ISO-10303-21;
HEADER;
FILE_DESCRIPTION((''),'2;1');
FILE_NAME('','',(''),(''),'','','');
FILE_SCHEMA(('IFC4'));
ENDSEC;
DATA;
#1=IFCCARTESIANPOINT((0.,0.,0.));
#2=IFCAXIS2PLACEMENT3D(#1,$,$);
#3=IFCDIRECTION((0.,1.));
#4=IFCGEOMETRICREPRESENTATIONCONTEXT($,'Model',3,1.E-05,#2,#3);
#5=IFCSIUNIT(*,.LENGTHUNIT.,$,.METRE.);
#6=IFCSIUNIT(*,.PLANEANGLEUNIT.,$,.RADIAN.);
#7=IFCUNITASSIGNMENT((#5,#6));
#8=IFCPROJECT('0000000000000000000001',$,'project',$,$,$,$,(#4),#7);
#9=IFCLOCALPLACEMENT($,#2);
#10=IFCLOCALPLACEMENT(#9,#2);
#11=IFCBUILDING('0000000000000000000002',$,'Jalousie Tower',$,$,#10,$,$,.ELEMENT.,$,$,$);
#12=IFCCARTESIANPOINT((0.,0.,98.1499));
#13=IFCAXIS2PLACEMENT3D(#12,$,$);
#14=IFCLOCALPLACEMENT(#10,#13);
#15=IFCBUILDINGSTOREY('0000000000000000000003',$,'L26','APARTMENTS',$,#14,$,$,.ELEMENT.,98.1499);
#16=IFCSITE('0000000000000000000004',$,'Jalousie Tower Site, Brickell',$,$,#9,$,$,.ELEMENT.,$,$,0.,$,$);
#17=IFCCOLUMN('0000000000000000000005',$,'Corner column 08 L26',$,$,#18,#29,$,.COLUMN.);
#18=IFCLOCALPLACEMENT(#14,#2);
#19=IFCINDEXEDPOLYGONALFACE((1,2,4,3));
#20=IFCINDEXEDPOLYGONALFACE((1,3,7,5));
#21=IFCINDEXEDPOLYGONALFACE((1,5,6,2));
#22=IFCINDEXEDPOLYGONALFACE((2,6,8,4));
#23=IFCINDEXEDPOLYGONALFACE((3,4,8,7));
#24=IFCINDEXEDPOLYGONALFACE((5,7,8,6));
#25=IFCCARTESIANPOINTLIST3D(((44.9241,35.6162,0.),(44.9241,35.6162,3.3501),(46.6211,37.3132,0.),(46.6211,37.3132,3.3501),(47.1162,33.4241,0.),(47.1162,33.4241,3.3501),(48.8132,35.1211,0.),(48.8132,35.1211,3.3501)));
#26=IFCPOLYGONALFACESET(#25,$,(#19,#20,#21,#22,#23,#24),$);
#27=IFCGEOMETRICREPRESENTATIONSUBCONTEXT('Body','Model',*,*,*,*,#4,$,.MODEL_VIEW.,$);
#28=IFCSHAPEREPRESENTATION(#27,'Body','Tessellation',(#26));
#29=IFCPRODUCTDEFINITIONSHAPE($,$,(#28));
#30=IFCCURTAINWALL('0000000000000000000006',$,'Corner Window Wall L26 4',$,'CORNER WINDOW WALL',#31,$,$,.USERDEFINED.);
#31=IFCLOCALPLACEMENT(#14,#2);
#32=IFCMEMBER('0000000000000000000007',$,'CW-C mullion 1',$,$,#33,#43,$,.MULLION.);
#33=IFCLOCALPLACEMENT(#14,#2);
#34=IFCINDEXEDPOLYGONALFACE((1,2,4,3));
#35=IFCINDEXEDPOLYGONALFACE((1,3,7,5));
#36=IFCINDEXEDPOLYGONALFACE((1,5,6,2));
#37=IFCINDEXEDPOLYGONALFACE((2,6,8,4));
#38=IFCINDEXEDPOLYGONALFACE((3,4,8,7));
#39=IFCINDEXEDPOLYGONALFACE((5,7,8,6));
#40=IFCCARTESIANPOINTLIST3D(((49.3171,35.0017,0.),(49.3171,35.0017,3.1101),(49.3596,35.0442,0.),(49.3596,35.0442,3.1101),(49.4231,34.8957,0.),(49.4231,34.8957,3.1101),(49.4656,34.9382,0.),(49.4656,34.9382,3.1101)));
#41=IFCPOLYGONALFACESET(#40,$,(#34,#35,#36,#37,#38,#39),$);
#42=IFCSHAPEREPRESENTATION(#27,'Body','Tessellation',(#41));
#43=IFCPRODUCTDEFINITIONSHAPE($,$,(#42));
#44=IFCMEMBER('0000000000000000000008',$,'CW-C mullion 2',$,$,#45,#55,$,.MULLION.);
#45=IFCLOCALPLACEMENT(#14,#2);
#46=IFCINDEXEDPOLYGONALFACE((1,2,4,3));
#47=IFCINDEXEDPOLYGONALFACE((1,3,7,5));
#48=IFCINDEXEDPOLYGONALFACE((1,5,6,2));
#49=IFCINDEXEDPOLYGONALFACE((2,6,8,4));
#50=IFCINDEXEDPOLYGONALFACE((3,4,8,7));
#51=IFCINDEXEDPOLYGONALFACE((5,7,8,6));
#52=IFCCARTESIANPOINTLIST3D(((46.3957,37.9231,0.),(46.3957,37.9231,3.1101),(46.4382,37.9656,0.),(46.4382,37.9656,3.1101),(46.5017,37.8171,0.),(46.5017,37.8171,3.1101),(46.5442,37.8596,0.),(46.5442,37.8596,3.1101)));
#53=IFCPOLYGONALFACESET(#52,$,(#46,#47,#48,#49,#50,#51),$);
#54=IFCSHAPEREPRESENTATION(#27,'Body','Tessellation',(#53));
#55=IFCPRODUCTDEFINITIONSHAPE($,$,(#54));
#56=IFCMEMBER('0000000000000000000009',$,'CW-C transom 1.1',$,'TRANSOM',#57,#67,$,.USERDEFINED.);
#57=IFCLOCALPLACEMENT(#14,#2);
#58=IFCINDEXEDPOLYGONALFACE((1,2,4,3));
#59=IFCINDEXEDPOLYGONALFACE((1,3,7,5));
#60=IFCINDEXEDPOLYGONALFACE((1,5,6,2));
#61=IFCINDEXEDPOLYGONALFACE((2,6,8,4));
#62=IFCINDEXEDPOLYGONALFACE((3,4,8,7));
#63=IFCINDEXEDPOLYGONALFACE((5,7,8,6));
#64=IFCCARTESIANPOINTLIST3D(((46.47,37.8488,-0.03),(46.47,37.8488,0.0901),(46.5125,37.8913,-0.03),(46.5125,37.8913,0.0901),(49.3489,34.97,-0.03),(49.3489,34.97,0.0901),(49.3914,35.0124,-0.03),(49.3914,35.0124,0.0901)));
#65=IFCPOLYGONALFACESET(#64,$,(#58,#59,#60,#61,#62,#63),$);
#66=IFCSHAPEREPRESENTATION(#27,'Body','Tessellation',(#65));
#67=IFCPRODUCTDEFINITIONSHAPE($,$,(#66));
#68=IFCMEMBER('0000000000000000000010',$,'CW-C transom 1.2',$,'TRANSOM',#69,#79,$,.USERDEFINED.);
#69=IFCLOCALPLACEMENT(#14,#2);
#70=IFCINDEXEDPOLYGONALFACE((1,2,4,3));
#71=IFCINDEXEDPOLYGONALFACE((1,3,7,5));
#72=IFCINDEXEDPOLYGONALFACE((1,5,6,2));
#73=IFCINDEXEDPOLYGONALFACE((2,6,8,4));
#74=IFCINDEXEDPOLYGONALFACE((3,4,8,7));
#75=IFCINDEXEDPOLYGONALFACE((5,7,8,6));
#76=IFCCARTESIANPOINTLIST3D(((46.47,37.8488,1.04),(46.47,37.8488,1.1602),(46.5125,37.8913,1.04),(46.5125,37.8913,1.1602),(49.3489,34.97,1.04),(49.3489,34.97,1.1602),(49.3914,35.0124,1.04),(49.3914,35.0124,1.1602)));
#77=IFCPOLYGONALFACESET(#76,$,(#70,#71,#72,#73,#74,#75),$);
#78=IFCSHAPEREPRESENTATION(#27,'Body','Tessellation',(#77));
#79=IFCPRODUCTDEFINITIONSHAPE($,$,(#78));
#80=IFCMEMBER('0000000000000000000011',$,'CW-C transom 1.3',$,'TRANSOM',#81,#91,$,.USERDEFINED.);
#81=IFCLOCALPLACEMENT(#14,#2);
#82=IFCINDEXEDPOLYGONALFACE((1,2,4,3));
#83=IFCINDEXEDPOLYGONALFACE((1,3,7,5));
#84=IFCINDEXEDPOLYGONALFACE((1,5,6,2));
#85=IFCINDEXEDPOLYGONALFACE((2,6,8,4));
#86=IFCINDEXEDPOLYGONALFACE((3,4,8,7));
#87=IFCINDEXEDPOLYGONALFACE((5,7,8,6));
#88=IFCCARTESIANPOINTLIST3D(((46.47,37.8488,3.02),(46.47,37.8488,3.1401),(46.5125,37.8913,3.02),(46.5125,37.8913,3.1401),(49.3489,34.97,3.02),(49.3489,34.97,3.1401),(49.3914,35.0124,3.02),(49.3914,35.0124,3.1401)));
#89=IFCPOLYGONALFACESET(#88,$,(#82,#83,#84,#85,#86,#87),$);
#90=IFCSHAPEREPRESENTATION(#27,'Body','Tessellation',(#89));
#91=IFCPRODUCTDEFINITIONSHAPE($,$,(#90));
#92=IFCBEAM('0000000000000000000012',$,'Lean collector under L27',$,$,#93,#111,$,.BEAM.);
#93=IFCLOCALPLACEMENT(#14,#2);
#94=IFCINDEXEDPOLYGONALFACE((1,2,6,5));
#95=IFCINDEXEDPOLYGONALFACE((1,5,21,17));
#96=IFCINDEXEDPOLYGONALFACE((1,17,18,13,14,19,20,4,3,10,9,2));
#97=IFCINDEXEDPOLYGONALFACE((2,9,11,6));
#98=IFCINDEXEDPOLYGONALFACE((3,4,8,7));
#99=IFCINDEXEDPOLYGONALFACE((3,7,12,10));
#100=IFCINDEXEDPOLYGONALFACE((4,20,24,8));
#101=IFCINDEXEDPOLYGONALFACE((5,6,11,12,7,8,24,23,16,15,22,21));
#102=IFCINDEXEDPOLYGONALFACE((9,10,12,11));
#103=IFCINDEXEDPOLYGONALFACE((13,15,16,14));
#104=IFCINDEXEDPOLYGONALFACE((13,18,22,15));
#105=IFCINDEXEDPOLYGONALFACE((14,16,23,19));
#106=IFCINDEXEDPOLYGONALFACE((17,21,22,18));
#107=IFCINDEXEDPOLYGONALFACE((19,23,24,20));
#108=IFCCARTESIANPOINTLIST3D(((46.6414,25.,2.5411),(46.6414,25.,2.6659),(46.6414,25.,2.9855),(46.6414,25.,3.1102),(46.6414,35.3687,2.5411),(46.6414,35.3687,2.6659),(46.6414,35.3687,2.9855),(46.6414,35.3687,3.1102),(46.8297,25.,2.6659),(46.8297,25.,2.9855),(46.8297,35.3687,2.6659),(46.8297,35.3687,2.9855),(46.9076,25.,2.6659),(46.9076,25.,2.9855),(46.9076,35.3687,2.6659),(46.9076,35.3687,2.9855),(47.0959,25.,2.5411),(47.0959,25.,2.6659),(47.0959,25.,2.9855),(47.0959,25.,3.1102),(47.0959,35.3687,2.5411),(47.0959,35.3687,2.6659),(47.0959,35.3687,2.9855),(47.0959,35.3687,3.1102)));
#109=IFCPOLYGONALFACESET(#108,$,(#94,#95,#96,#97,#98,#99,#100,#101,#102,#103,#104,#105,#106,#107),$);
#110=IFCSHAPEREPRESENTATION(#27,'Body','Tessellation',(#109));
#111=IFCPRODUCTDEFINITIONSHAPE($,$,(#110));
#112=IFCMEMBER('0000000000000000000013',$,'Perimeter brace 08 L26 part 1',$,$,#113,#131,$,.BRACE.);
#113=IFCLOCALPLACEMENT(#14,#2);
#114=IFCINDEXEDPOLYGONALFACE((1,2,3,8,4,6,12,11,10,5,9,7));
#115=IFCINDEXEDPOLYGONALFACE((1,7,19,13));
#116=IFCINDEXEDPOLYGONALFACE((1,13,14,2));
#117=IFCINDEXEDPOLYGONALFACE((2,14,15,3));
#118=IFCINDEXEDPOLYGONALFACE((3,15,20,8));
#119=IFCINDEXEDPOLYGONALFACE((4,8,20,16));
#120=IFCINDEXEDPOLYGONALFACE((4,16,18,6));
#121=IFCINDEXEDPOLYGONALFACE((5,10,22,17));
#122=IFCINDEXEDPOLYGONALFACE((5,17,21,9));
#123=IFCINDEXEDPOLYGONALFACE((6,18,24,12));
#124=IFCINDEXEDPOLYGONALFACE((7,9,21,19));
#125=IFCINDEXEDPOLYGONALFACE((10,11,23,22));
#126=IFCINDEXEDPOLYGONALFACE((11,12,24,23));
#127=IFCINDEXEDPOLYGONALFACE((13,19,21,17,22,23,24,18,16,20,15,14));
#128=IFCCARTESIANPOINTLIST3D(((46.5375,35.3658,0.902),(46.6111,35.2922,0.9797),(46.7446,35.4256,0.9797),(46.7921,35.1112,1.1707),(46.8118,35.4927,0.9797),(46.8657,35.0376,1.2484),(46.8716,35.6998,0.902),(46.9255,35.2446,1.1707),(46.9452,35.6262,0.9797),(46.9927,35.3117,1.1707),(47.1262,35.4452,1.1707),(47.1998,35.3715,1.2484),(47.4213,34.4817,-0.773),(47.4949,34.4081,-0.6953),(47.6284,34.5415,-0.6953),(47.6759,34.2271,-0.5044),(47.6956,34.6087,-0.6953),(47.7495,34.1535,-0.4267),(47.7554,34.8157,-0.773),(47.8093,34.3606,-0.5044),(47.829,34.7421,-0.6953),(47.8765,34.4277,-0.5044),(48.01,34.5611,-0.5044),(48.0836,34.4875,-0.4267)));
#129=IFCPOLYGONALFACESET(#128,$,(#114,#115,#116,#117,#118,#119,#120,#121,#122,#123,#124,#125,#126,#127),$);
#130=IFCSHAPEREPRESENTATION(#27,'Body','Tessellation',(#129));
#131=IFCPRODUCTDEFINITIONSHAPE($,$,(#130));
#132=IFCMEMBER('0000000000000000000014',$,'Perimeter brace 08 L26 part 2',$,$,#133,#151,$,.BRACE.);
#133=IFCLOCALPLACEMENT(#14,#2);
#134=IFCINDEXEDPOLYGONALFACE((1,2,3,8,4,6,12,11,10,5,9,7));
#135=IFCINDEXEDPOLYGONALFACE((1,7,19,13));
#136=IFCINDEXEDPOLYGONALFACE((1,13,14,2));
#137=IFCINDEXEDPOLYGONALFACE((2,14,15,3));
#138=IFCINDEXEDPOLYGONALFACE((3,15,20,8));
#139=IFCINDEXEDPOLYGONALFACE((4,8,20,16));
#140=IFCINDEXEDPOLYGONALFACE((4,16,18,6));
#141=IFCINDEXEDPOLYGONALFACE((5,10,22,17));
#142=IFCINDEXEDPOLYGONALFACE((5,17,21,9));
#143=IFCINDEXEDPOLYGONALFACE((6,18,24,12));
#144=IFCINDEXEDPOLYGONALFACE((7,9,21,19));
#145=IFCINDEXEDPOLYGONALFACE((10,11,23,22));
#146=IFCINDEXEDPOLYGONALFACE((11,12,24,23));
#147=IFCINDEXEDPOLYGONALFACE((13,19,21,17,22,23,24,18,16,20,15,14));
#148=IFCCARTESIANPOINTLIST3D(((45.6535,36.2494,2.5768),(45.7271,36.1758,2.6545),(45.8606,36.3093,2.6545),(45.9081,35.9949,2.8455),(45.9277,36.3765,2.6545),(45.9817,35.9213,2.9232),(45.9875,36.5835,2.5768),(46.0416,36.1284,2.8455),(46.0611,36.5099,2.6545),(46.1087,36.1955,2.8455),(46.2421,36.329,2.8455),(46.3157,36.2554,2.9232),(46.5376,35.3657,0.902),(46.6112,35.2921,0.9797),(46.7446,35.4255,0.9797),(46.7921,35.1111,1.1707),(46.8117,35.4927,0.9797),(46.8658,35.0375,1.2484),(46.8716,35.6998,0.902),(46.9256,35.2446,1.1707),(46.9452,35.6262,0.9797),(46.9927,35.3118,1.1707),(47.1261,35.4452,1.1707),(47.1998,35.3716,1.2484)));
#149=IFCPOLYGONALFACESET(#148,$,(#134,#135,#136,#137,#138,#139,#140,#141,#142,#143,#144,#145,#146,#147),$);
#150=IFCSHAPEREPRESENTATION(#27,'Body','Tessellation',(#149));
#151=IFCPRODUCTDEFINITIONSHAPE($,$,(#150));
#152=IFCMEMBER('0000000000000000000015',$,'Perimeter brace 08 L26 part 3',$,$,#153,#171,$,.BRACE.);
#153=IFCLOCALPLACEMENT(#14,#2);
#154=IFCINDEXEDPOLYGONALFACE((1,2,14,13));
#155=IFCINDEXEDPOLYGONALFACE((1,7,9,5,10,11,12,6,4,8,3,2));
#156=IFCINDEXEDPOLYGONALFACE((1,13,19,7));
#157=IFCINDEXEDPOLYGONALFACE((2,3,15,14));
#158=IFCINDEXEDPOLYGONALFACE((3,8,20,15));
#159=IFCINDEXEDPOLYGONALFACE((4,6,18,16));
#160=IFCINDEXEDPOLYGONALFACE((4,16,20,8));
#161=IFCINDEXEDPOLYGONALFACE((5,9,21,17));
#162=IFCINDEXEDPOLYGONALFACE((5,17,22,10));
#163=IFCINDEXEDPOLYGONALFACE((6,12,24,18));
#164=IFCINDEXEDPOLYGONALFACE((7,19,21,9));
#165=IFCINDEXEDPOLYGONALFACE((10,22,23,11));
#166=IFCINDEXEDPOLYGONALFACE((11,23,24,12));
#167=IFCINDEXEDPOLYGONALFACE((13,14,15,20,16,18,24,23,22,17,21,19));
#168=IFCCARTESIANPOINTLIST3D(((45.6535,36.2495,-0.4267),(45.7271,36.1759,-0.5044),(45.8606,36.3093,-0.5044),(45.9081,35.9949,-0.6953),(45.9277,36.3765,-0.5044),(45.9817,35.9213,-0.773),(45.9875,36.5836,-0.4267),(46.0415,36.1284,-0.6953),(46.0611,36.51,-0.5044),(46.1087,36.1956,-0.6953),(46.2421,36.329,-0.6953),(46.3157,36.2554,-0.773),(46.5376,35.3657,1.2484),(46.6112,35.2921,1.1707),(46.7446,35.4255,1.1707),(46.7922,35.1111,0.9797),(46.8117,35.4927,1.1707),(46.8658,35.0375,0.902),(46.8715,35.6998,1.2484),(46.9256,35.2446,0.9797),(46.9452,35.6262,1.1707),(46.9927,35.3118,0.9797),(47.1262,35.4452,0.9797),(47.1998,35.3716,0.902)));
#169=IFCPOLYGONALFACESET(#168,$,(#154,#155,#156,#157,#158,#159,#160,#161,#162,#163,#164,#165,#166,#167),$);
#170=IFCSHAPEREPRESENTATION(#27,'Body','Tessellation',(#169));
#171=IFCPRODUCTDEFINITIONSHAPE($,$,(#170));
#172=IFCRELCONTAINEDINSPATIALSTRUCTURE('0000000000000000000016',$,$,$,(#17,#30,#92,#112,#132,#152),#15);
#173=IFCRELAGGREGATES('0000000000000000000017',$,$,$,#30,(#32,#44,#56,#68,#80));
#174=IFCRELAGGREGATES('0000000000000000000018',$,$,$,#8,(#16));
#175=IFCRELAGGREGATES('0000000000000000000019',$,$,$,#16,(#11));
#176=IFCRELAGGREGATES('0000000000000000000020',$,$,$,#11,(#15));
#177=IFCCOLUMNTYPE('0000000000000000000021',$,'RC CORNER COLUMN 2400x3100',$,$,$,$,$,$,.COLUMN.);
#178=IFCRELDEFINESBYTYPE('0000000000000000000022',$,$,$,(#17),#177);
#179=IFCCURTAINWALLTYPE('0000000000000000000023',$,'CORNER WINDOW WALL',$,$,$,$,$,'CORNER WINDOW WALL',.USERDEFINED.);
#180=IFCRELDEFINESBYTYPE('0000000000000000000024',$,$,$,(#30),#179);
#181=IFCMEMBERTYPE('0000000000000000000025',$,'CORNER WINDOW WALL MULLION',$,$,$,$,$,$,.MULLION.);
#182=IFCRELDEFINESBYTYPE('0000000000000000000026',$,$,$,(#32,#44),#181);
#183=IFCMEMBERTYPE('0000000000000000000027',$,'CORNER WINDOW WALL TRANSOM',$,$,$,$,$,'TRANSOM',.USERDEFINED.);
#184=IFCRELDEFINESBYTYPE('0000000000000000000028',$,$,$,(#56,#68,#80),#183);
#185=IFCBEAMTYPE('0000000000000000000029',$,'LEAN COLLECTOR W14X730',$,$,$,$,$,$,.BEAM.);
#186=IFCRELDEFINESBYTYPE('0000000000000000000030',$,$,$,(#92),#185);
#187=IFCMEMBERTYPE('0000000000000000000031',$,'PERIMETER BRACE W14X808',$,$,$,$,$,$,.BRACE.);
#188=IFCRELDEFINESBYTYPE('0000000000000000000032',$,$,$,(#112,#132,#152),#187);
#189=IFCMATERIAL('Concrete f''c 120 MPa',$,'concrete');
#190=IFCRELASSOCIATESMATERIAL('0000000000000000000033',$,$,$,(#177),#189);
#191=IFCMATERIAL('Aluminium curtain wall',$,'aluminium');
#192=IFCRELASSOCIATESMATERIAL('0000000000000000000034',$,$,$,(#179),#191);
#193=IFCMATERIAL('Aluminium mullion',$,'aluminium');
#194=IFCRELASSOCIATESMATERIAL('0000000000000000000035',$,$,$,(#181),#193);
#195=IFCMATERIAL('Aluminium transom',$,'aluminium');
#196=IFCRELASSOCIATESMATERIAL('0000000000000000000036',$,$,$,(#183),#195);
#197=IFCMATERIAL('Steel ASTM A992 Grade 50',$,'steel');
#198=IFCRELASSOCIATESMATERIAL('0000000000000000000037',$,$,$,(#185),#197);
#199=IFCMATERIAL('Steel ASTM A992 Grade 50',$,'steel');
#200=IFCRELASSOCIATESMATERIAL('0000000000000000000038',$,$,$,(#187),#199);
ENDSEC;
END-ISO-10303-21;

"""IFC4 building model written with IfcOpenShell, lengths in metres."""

from ifc_helpers import new_model, si_unit, direction, frame, origin, origin_2d, place, context, subcontext, project, spatial, rectangle, i_section, extrude, material, material_profile, profile_set, type_object, element, aggregate, save


model = new_model("IFC4")

# Units and contexts
model_context = context("Model", 3, precision=1e-05, world=origin(), true_north=direction((0.0, 1.0)))
body_context = subcontext(model_context, "Body", "Model", "MODEL_VIEW")
ifc_project = project(units=[si_unit("LENGTHUNIT", "METRE"), si_unit("PLANEANGLEUNIT", "RADIAN")], contexts=[model_context])

# Site, building, storey
site_placement = place(None, origin())
site = spatial("IfcSite", under=ifc_project, at=site_placement, Name="Jalousie Tower Site, Brickell", CompositionType="ELEMENT", RefElevation=0.0)
building_placement = place(site_placement, origin())
building = spatial("IfcBuilding", under=site, at=building_placement, Name="Jalousie Tower", CompositionType="ELEMENT")
storey_placement = place(building_placement, frame((0.0, 0.0, 98.1499)))
storey = spatial("IfcBuildingStorey", under=building, at=storey_placement, Name="L26", Description="APARTMENTS", CompositionType="ELEMENT", Elevation=98.1499)

# Column
ifc_material_1 = material(Name="Concrete f'c 120 MPa", Category="concrete")
ifc_material_profile_1 = material_profile(ifc_material_1, rectangle(XDim=2.3999, YDim=3.1001, at=origin_2d()), Name="RC 2400x3100")
ifc_profile_set_1 = profile_set([ifc_material_profile_1], Name="Concrete f'c 120 MPa")
column_type = type_object("IfcColumnType", Name="RC CORNER COLUMN 2400x3100", PredefinedType="COLUMN", material=ifc_profile_set_1)
column_placement = place(storey_placement, frame((46.8687, 35.3687, 0.0), z_axis=(0.0, 0.0, 1.0), x_axis=(-0.707107, -0.707107, 0.0)))
element("IfcColumn", 1, at=column_placement, inside=storey, type_object=column_type, Name="Corner column 08 L26", PredefinedType="COLUMN", context=body_context, shape_type="SweptSolid", body=[
    extrude(rectangle(XDim=2.3999, YDim=3.1001, at=origin_2d()), origin(), (0.0, 0.0, 1.0), 3.3501),
])

# Curtain wall, members
ifc_material_2 = material(Name="Aluminium curtain wall", Category="aluminium")
curtain_wall_type_1 = type_object("IfcCurtainWallType", Name="CORNER WINDOW WALL", ElementType="CORNER WINDOW WALL", PredefinedType="USERDEFINED", material=ifc_material_2)
curtain_wall_1_placement = place(storey_placement, origin())
curtain_wall_1 = element("IfcCurtainWall", 2, at=curtain_wall_1_placement, inside=storey, type_object=curtain_wall_type_1, Name="Corner Window Wall L26 4", ObjectType="CORNER WINDOW WALL", PredefinedType="USERDEFINED")
ifc_material_3 = material(Name="Aluminium mullion", Category="aluminium")
ifc_material_profile_2 = material_profile(ifc_material_3, rectangle(XDim=0.0601, YDim=0.1499, at=origin_2d()), Name="MULLION 60x150")
ifc_profile_set_2 = profile_set([ifc_material_profile_2], Name="Aluminium mullion")
member_type_1 = type_object("IfcMemberType", Name="CORNER WINDOW WALL MULLION", PredefinedType="MULLION", material=ifc_profile_set_2)
member_1_placement = place(storey_placement, frame((49.3914, 34.97, 0.0), z_axis=(0.0, 0.0, 1.0), x_axis=(-0.707107, -0.707107, 0.0)))
member_1 = element("IfcMember", 3, at=member_1_placement, type_object=member_type_1, Name="CW-C mullion 1", PredefinedType="MULLION", context=body_context, shape_type="SweptSolid", body=[
    extrude(rectangle(XDim=0.0601, YDim=0.1499, at=origin_2d()), origin(), (0.0, 0.0, 1.0), 3.1101),
])
member_2_placement = place(storey_placement, frame((46.47, 37.8914, 0.0), z_axis=(0.0, 0.0, 1.0), x_axis=(-0.707107, -0.707107, 0.0)))
member_2 = element("IfcMember", 4, at=member_2_placement, type_object=member_type_1, Name="CW-C mullion 2", PredefinedType="MULLION", context=body_context, shape_type="SweptSolid", body=[
    extrude(rectangle(XDim=0.0601, YDim=0.1499, at=origin_2d()), origin(), (0.0, 0.0, 1.0), 3.1101),
])
ifc_material_4 = material(Name="Aluminium transom", Category="aluminium")
ifc_material_profile_3 = material_profile(ifc_material_4, rectangle(XDim=0.0601, YDim=0.1201, at=origin_2d()), Name="TRANSOM 60x120")
ifc_profile_set_3 = profile_set([ifc_material_profile_3], Name="Aluminium transom")
member_type_2 = type_object("IfcMemberType", Name="CORNER WINDOW WALL TRANSOM", ElementType="TRANSOM", PredefinedType="USERDEFINED", material=ifc_profile_set_3)
member_3_placement = place(storey_placement, frame((49.3701, 34.9912, 0.03), z_axis=(-0.707107, 0.707107, 0.0), x_axis=(-0.707107, -0.707107, 0.0)))
member_3 = element("IfcMember", 5, at=member_3_placement, type_object=member_type_2, Name="CW-C transom 1.1", ObjectType="TRANSOM", PredefinedType="USERDEFINED", context=body_context, shape_type="SweptSolid", body=[
    extrude(rectangle(XDim=0.0601, YDim=0.1201, at=origin_2d()), origin(), (0.0, 0.0, 1.0), 4.0713),
])
member_4_placement = place(storey_placement, frame((49.3701, 34.9912, 1.1001), z_axis=(-0.707107, 0.707107, 0.0), x_axis=(-0.707107, -0.707107, 0.0)))
member_4 = element("IfcMember", 6, at=member_4_placement, type_object=member_type_2, Name="CW-C transom 1.2", ObjectType="TRANSOM", PredefinedType="USERDEFINED", context=body_context, shape_type="SweptSolid", body=[
    extrude(rectangle(XDim=0.0601, YDim=0.1201, at=origin_2d()), origin(), (0.0, 0.0, 1.0), 4.0713),
])
member_5_placement = place(storey_placement, frame((49.3701, 34.9912, 3.0801), z_axis=(-0.707107, 0.707107, 0.0), x_axis=(-0.707107, -0.707107, 0.0)))
member_5 = element("IfcMember", 7, at=member_5_placement, type_object=member_type_2, Name="CW-C transom 1.3", ObjectType="TRANSOM", PredefinedType="USERDEFINED", context=body_context, shape_type="SweptSolid", body=[
    extrude(rectangle(XDim=0.0601, YDim=0.1201, at=origin_2d()), origin(), (0.0, 0.0, 1.0), 4.0713),
])

# Beam
ifc_material_5 = material(Name="Steel ASTM A992 Grade 50", Category="steel")
ifc_material_profile_4 = material_profile(ifc_material_5, i_section(OverallWidth=0.4546, OverallDepth=0.5691, WebThickness=0.0779, FlangeThickness=0.1248, at=origin_2d()), Name="W14X730")
ifc_profile_set_4 = profile_set([ifc_material_profile_4], Name="Steel ASTM A992 Grade 50")
beam_type_1 = type_object("IfcBeamType", Name="LEAN COLLECTOR W14X730", PredefinedType="BEAM", material=ifc_profile_set_4)
beam_1_placement = place(storey_placement, frame((46.8687, 35.3687, 2.8257), z_axis=(0.0, -1.0, 0.0), x_axis=(1.0, 0.0, 0.0)))
element("IfcBeam", 8, at=beam_1_placement, inside=storey, type_object=beam_type_1, Name="Lean collector under L27", PredefinedType="BEAM", context=body_context, shape_type="SweptSolid", body=[
    extrude(i_section(OverallWidth=0.4546, OverallDepth=0.5691, WebThickness=0.0779, FlangeThickness=0.1248, at=origin_2d()), origin(), (0.0, 0.0, 1.0), 10.3687),
])

# Members
ifc_material_6 = material(Name="Steel ASTM A992 Grade 50", Category="steel")
ifc_material_profile_5 = material_profile(ifc_material_6, i_section(OverallWidth=0.4724, OverallDepth=0.5791, WebThickness=0.095, FlangeThickness=0.1299, at=origin_2d()), Name="W14X808")
ifc_profile_set_5 = profile_set([ifc_material_profile_5], Name="Steel ASTM A992 Grade 50")
member_type_3 = type_object("IfcMemberType", Name="PERIMETER BRACE W14X808", PredefinedType="BRACE", material=ifc_profile_set_5)
member_6_placement = place(storey_placement, frame((47.7524, 34.4846, -0.5999), z_axis=(-0.422852, 0.422969, 0.801432), x_axis=(-0.707204, -0.707009, 0.0)))
element("IfcMember", 9, at=member_6_placement, inside=storey, type_object=member_type_3, Name="Perimeter brace 08 L26 part 1", PredefinedType="BRACE", context=body_context, shape_type="SweptSolid", body=[
    extrude(i_section(OverallWidth=0.4724, OverallDepth=0.5791, WebThickness=0.095, FlangeThickness=0.1299, at=origin_2d()), origin(), (0.0, 0.0, 1.0), 2.0901),
])
member_7_placement = place(storey_placement, frame((46.8687, 35.3687, 1.0752), z_axis=(-0.423008, 0.422891, 0.801391), x_axis=(-0.707009, -0.707204, 0.0)))
element("IfcMember", 10, at=member_7_placement, inside=storey, type_object=member_type_3, Name="Perimeter brace 08 L26 part 2", PredefinedType="BRACE", context=body_context, shape_type="SweptSolid", body=[
    extrude(i_section(OverallWidth=0.4724, OverallDepth=0.5791, WebThickness=0.095, FlangeThickness=0.1299, at=origin_2d()), origin(), (0.0, 0.0, 1.0), 2.0898),
])
member_8_placement = place(storey_placement, frame((45.9846, 36.2524, -0.5999), z_axis=(0.422969, -0.422852, 0.801432), x_axis=(0.707009, 0.707204, 0.0)))
element("IfcMember", 11, at=member_8_placement, inside=storey, type_object=member_type_3, Name="Perimeter brace 08 L26 part 3", PredefinedType="BRACE", context=body_context, shape_type="SweptSolid", body=[
    extrude(i_section(OverallWidth=0.4724, OverallDepth=0.5791, WebThickness=0.095, FlangeThickness=0.1299, at=origin_2d()), origin(), (0.0, 0.0, 1.0), 2.0901),
])

aggregate(curtain_wall_1, [member_1, member_2, member_3, member_4, member_5])

save(model, "model.ifc")
